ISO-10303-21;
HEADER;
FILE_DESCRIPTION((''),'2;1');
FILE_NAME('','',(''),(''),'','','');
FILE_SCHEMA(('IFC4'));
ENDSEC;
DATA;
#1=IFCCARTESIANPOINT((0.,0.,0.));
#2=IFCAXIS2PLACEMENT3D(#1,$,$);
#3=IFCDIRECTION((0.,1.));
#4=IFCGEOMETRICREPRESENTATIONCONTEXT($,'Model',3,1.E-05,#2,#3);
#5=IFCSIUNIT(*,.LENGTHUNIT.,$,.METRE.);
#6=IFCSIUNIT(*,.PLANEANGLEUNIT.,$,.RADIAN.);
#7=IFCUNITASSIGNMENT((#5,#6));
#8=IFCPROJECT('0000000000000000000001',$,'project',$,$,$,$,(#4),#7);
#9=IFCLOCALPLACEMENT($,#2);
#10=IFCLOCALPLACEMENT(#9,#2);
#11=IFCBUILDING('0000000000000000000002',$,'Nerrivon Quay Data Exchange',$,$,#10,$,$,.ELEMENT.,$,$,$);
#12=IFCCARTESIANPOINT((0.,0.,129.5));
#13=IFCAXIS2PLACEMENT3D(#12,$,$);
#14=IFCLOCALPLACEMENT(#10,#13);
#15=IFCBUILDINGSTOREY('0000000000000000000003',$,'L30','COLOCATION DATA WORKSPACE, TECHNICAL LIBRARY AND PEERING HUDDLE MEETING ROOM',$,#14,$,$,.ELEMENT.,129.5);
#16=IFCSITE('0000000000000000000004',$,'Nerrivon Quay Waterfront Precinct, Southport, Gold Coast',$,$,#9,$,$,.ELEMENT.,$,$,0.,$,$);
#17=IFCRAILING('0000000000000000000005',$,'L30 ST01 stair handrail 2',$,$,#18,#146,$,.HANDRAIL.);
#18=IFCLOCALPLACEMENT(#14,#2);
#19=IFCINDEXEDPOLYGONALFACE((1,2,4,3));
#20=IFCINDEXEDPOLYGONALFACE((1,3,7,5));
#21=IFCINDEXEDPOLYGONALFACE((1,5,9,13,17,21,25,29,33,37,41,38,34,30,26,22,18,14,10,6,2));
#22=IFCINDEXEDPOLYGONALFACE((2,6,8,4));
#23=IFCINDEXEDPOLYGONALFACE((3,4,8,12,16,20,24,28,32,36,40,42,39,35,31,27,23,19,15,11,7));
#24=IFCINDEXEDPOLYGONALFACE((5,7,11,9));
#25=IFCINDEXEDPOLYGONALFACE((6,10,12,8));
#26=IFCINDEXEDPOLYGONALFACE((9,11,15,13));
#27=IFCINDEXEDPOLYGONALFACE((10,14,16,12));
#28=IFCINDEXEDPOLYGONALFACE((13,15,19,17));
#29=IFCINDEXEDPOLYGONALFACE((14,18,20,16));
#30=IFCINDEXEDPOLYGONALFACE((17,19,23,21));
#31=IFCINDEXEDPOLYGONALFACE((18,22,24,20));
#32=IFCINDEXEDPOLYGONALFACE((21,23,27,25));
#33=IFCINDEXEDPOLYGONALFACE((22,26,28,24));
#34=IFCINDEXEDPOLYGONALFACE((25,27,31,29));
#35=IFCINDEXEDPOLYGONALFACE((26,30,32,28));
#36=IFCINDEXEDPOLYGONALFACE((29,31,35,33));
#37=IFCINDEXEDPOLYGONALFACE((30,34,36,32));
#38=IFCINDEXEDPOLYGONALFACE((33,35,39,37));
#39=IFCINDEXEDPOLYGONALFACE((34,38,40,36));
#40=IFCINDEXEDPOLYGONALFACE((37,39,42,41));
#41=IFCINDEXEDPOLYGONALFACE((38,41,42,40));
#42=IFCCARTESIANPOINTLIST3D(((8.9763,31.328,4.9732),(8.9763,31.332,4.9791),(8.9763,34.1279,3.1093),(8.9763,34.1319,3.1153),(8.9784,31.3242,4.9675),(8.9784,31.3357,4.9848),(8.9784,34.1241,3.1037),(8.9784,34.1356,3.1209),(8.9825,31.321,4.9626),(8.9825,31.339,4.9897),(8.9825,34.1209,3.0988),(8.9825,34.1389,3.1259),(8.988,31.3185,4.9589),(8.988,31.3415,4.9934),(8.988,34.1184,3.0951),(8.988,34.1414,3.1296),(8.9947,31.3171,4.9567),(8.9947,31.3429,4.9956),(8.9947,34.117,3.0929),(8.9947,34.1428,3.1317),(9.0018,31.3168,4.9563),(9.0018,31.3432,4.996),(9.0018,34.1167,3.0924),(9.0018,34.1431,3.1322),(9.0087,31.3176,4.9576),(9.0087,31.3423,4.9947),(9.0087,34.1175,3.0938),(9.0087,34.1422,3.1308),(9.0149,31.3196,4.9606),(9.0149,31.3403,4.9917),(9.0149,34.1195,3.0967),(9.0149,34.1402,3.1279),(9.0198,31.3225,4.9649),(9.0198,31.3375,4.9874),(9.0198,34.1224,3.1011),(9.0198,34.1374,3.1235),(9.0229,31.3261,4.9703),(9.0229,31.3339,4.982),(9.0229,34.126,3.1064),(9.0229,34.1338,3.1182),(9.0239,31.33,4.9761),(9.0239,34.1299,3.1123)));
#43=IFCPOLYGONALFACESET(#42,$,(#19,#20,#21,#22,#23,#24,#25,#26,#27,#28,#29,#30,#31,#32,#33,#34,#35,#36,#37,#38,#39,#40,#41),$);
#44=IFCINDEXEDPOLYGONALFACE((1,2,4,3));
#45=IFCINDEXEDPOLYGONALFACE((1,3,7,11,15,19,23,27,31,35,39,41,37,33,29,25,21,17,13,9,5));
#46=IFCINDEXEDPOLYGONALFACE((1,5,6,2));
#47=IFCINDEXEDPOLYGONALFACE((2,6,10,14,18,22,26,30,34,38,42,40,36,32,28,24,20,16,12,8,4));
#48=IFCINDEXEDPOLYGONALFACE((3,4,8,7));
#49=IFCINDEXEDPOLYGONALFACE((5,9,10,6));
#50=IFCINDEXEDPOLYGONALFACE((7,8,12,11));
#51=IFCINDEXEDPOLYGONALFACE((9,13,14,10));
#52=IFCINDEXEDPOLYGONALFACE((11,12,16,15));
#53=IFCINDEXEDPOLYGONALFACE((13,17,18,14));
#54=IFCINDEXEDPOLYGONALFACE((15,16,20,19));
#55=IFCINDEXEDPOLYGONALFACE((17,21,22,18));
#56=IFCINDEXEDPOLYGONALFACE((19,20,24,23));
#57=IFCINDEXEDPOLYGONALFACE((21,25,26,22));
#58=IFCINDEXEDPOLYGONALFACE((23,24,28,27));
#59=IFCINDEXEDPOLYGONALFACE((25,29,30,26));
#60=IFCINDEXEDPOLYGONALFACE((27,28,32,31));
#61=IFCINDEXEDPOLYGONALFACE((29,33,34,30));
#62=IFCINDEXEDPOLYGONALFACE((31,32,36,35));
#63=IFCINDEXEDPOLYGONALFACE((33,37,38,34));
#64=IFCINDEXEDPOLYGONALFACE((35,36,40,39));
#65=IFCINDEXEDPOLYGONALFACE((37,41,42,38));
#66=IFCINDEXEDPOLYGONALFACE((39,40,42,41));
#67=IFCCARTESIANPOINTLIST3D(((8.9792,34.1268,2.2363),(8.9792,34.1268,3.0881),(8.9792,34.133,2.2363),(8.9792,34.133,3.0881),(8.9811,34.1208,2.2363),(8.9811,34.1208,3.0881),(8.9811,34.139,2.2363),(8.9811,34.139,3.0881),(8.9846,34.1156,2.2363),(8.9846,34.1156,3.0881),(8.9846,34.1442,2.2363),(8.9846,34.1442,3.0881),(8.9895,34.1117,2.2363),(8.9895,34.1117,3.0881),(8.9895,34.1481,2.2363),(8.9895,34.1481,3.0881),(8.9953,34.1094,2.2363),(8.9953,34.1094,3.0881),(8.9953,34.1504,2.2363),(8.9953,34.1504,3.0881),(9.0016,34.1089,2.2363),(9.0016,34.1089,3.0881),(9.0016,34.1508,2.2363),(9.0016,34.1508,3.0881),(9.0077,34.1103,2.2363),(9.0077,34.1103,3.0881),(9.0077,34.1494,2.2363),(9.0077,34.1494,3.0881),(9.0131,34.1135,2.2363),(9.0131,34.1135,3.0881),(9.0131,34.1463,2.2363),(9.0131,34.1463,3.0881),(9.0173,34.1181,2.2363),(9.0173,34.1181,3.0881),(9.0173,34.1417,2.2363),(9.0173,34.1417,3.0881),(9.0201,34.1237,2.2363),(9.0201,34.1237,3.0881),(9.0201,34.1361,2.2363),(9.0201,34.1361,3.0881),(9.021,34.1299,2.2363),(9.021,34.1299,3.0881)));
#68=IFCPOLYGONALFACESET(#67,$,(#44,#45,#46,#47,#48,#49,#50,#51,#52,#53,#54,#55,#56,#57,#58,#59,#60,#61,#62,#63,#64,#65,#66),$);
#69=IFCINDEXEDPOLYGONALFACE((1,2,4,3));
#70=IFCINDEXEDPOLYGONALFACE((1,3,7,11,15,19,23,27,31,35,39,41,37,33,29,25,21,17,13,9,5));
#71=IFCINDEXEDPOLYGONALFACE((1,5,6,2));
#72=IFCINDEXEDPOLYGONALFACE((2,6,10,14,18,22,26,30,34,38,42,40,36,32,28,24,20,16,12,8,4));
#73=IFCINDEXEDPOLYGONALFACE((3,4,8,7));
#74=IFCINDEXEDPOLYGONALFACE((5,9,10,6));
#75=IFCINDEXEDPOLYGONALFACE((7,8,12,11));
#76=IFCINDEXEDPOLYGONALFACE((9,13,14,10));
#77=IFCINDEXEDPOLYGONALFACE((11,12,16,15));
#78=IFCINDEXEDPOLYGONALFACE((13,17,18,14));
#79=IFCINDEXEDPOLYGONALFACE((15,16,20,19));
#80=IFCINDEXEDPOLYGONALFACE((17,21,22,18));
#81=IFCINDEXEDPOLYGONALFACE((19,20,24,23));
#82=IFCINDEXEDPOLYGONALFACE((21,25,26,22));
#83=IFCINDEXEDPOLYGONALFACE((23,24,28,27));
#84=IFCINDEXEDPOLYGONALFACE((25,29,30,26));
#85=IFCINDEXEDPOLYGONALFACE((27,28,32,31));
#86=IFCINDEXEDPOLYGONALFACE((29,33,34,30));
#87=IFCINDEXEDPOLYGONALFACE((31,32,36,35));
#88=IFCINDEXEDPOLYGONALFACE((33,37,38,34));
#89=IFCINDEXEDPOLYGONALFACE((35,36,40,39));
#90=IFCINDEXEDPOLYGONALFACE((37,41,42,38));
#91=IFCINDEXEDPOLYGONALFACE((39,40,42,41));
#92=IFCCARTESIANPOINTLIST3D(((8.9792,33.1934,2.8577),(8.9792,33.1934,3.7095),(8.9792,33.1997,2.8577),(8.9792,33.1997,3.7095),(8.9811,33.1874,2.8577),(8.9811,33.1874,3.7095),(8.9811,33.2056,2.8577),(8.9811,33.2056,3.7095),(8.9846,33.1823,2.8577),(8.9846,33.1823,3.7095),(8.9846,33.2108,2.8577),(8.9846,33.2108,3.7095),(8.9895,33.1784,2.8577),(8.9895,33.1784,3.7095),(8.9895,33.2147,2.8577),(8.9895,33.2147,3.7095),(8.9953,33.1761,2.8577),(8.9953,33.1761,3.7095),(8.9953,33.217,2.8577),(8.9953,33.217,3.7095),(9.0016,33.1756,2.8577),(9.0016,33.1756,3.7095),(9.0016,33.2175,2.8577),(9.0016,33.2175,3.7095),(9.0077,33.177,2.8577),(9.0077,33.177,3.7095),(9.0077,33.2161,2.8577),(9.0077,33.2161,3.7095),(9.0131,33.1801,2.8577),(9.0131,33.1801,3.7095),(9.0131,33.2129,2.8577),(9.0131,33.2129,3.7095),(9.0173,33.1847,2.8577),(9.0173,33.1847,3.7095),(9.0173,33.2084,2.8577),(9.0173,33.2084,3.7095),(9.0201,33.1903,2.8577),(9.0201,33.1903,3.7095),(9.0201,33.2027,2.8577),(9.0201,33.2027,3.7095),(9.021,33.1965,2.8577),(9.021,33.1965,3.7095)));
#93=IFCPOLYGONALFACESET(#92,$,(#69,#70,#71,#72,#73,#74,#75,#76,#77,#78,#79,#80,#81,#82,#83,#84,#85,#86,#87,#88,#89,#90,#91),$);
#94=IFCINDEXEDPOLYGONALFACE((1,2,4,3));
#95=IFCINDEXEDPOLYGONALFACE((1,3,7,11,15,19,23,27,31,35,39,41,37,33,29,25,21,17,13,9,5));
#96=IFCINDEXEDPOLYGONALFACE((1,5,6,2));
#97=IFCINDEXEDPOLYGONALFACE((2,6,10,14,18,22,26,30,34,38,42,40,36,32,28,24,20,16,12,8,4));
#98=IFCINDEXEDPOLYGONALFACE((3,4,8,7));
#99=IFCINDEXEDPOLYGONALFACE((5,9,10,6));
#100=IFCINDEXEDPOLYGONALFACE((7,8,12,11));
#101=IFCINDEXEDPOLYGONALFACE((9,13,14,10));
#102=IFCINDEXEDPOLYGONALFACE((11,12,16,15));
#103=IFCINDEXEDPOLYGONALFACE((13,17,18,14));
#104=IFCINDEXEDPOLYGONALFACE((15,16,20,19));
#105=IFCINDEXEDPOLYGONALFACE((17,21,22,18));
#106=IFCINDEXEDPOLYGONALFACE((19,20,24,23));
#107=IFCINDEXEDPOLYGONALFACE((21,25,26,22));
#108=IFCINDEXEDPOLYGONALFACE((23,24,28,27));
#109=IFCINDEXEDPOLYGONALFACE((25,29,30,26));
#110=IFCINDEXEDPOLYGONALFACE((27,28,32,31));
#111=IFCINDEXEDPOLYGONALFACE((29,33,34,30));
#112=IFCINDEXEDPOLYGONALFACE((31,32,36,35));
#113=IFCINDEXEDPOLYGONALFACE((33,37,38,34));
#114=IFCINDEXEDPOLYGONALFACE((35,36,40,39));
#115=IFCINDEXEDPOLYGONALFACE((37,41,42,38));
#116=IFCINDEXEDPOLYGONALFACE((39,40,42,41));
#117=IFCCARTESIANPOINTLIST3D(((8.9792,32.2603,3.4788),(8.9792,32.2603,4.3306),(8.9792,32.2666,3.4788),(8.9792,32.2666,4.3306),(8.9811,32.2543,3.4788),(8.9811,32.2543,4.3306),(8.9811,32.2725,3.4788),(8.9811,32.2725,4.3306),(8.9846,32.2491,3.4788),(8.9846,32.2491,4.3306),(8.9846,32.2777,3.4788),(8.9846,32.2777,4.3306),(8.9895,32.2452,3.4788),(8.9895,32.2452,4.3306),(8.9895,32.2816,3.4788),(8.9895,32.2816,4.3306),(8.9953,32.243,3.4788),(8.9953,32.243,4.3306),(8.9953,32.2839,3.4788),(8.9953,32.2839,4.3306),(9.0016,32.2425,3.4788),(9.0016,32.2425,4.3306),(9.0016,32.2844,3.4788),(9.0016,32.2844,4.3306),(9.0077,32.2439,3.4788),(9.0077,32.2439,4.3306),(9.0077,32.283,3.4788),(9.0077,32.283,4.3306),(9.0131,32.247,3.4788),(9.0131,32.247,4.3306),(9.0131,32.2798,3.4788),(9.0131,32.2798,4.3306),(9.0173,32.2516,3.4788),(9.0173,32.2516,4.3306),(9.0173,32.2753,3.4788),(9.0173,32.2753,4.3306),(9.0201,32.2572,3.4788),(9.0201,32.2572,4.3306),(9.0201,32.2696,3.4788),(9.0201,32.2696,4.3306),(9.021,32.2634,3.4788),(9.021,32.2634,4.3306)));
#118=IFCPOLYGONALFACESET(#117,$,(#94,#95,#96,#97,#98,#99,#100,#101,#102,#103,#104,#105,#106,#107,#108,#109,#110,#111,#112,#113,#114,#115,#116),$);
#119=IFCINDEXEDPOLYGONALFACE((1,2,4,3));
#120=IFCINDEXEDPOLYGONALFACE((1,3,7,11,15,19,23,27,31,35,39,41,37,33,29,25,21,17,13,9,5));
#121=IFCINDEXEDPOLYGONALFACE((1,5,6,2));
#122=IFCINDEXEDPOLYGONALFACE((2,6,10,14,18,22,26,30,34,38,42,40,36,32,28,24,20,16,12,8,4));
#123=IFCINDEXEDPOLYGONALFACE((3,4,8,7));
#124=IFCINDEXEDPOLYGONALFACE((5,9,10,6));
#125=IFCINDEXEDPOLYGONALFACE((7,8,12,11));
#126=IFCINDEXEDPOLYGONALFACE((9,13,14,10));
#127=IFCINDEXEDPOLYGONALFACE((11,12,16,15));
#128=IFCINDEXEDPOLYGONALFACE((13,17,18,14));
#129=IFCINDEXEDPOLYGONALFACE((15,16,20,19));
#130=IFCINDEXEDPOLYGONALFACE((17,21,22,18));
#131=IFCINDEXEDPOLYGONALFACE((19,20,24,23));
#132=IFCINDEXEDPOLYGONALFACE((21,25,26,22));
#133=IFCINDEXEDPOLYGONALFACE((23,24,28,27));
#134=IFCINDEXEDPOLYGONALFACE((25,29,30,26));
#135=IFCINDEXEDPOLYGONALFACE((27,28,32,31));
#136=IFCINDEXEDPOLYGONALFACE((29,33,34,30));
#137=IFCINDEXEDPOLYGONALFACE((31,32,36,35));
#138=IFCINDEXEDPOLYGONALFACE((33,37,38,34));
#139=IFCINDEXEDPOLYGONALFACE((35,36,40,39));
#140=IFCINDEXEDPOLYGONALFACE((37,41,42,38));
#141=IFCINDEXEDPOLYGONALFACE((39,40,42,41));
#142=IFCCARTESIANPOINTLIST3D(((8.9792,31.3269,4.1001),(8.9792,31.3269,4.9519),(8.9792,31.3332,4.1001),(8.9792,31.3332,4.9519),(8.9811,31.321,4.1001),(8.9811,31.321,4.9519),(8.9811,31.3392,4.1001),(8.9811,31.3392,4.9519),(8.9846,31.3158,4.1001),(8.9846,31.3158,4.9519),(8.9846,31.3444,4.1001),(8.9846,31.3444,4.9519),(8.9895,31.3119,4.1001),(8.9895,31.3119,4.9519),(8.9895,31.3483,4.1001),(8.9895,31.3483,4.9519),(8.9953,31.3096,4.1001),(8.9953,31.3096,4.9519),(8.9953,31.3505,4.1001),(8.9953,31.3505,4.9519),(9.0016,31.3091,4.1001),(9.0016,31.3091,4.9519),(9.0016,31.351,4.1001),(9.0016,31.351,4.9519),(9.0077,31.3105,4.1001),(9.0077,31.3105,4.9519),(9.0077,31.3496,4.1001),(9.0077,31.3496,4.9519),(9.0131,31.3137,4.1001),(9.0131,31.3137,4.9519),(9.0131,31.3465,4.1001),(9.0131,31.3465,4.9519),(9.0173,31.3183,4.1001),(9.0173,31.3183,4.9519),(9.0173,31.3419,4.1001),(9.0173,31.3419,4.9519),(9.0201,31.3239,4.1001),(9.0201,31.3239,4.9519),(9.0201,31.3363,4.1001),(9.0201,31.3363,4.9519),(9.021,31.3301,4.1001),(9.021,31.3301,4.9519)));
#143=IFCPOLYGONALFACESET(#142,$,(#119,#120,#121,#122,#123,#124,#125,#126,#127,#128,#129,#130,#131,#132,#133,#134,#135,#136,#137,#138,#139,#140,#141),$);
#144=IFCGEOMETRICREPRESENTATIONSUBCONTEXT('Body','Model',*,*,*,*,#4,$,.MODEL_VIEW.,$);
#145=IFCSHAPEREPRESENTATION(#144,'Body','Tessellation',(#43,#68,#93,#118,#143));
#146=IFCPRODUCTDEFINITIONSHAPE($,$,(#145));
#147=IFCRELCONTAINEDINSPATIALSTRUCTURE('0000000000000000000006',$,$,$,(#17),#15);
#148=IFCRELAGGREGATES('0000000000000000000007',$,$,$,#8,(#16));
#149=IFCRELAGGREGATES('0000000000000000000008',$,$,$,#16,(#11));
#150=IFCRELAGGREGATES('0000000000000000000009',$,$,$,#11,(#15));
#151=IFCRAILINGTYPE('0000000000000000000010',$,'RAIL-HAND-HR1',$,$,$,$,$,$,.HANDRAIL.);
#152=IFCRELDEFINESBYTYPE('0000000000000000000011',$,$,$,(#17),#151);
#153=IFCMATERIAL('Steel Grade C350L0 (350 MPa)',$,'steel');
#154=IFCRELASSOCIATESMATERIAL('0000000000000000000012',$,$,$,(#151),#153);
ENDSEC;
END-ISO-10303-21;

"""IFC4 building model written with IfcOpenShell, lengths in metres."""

from ifc_helpers import new_model, si_unit, direction, frame, origin, origin_2d, place, context, subcontext, project, spatial, circle, extrude, material, type_object, element, save


model = new_model("IFC4")

# Units and contexts
model_context = context("Model", 3, precision=1e-05, world=origin(), true_north=direction((0.0, 1.0)))
body_context = subcontext(model_context, "Body", "Model", "MODEL_VIEW")
ifc_project = project(units=[si_unit("LENGTHUNIT", "METRE"), si_unit("PLANEANGLEUNIT", "RADIAN")], contexts=[model_context])

# Site, building, storey
site_placement = place(None, origin())
site = spatial("IfcSite", under=ifc_project, at=site_placement, Name="Nerrivon Quay Waterfront Precinct, Southport, Gold Coast", CompositionType="ELEMENT", RefElevation=0.0)
building_placement = place(site_placement, origin())
building = spatial("IfcBuilding", under=site, at=building_placement, Name="Nerrivon Quay Data Exchange", CompositionType="ELEMENT")
storey_placement = place(building_placement, frame((0.0, 0.0, 129.5)))
storey = spatial("IfcBuildingStorey", under=building, at=storey_placement, Name="L30", Description="COLOCATION DATA WORKSPACE, TECHNICAL LIBRARY AND PEERING HUDDLE MEETING ROOM", CompositionType="ELEMENT", Elevation=129.5)

# Railing
ifc_material_1 = material(Name="Steel Grade C350L0 (350 MPa)", Category="steel")
railing_type_1 = type_object("IfcRailingType", Name="RAIL-HAND-HR1", PredefinedType="HANDRAIL", material=ifc_material_1)
railing_1_placement = place(storey_placement, frame((9.0, 34.1299, 2.2363)))
element("IfcRailing", 1, at=railing_1_placement, inside=storey, type_object=railing_type_1, Name="L30 ST01 stair handrail 2", PredefinedType="HANDRAIL", context=body_context, shape_type="SweptSolid", body=[
    extrude(circle(Radius=0.0239, at=origin_2d()), frame((0.0, 0.0, 0.876), z_axis=(0.0, -0.83243, 0.554131), x_axis=(1.0, 0.0, 0.0)), (0.0, 0.0, 1.0), 3.3635),
    extrude(circle(Radius=0.021, at=origin_2d()), origin(), (0.0, 0.0, 1.0), 0.8518),
    extrude(circle(Radius=0.021, at=origin_2d()), frame((0.0, -0.9333, 0.6213)), (0.0, 0.0, 1.0), 0.8518),
    extrude(circle(Radius=0.021, at=origin_2d()), frame((0.0, -1.8665, 1.2424)), (0.0, 0.0, 1.0), 0.8518),
    extrude(circle(Radius=0.021, at=origin_2d()), frame((0.0, -2.7998, 1.8638)), (0.0, 0.0, 1.0), 0.8518),
])

save(model, "model.ifc")
